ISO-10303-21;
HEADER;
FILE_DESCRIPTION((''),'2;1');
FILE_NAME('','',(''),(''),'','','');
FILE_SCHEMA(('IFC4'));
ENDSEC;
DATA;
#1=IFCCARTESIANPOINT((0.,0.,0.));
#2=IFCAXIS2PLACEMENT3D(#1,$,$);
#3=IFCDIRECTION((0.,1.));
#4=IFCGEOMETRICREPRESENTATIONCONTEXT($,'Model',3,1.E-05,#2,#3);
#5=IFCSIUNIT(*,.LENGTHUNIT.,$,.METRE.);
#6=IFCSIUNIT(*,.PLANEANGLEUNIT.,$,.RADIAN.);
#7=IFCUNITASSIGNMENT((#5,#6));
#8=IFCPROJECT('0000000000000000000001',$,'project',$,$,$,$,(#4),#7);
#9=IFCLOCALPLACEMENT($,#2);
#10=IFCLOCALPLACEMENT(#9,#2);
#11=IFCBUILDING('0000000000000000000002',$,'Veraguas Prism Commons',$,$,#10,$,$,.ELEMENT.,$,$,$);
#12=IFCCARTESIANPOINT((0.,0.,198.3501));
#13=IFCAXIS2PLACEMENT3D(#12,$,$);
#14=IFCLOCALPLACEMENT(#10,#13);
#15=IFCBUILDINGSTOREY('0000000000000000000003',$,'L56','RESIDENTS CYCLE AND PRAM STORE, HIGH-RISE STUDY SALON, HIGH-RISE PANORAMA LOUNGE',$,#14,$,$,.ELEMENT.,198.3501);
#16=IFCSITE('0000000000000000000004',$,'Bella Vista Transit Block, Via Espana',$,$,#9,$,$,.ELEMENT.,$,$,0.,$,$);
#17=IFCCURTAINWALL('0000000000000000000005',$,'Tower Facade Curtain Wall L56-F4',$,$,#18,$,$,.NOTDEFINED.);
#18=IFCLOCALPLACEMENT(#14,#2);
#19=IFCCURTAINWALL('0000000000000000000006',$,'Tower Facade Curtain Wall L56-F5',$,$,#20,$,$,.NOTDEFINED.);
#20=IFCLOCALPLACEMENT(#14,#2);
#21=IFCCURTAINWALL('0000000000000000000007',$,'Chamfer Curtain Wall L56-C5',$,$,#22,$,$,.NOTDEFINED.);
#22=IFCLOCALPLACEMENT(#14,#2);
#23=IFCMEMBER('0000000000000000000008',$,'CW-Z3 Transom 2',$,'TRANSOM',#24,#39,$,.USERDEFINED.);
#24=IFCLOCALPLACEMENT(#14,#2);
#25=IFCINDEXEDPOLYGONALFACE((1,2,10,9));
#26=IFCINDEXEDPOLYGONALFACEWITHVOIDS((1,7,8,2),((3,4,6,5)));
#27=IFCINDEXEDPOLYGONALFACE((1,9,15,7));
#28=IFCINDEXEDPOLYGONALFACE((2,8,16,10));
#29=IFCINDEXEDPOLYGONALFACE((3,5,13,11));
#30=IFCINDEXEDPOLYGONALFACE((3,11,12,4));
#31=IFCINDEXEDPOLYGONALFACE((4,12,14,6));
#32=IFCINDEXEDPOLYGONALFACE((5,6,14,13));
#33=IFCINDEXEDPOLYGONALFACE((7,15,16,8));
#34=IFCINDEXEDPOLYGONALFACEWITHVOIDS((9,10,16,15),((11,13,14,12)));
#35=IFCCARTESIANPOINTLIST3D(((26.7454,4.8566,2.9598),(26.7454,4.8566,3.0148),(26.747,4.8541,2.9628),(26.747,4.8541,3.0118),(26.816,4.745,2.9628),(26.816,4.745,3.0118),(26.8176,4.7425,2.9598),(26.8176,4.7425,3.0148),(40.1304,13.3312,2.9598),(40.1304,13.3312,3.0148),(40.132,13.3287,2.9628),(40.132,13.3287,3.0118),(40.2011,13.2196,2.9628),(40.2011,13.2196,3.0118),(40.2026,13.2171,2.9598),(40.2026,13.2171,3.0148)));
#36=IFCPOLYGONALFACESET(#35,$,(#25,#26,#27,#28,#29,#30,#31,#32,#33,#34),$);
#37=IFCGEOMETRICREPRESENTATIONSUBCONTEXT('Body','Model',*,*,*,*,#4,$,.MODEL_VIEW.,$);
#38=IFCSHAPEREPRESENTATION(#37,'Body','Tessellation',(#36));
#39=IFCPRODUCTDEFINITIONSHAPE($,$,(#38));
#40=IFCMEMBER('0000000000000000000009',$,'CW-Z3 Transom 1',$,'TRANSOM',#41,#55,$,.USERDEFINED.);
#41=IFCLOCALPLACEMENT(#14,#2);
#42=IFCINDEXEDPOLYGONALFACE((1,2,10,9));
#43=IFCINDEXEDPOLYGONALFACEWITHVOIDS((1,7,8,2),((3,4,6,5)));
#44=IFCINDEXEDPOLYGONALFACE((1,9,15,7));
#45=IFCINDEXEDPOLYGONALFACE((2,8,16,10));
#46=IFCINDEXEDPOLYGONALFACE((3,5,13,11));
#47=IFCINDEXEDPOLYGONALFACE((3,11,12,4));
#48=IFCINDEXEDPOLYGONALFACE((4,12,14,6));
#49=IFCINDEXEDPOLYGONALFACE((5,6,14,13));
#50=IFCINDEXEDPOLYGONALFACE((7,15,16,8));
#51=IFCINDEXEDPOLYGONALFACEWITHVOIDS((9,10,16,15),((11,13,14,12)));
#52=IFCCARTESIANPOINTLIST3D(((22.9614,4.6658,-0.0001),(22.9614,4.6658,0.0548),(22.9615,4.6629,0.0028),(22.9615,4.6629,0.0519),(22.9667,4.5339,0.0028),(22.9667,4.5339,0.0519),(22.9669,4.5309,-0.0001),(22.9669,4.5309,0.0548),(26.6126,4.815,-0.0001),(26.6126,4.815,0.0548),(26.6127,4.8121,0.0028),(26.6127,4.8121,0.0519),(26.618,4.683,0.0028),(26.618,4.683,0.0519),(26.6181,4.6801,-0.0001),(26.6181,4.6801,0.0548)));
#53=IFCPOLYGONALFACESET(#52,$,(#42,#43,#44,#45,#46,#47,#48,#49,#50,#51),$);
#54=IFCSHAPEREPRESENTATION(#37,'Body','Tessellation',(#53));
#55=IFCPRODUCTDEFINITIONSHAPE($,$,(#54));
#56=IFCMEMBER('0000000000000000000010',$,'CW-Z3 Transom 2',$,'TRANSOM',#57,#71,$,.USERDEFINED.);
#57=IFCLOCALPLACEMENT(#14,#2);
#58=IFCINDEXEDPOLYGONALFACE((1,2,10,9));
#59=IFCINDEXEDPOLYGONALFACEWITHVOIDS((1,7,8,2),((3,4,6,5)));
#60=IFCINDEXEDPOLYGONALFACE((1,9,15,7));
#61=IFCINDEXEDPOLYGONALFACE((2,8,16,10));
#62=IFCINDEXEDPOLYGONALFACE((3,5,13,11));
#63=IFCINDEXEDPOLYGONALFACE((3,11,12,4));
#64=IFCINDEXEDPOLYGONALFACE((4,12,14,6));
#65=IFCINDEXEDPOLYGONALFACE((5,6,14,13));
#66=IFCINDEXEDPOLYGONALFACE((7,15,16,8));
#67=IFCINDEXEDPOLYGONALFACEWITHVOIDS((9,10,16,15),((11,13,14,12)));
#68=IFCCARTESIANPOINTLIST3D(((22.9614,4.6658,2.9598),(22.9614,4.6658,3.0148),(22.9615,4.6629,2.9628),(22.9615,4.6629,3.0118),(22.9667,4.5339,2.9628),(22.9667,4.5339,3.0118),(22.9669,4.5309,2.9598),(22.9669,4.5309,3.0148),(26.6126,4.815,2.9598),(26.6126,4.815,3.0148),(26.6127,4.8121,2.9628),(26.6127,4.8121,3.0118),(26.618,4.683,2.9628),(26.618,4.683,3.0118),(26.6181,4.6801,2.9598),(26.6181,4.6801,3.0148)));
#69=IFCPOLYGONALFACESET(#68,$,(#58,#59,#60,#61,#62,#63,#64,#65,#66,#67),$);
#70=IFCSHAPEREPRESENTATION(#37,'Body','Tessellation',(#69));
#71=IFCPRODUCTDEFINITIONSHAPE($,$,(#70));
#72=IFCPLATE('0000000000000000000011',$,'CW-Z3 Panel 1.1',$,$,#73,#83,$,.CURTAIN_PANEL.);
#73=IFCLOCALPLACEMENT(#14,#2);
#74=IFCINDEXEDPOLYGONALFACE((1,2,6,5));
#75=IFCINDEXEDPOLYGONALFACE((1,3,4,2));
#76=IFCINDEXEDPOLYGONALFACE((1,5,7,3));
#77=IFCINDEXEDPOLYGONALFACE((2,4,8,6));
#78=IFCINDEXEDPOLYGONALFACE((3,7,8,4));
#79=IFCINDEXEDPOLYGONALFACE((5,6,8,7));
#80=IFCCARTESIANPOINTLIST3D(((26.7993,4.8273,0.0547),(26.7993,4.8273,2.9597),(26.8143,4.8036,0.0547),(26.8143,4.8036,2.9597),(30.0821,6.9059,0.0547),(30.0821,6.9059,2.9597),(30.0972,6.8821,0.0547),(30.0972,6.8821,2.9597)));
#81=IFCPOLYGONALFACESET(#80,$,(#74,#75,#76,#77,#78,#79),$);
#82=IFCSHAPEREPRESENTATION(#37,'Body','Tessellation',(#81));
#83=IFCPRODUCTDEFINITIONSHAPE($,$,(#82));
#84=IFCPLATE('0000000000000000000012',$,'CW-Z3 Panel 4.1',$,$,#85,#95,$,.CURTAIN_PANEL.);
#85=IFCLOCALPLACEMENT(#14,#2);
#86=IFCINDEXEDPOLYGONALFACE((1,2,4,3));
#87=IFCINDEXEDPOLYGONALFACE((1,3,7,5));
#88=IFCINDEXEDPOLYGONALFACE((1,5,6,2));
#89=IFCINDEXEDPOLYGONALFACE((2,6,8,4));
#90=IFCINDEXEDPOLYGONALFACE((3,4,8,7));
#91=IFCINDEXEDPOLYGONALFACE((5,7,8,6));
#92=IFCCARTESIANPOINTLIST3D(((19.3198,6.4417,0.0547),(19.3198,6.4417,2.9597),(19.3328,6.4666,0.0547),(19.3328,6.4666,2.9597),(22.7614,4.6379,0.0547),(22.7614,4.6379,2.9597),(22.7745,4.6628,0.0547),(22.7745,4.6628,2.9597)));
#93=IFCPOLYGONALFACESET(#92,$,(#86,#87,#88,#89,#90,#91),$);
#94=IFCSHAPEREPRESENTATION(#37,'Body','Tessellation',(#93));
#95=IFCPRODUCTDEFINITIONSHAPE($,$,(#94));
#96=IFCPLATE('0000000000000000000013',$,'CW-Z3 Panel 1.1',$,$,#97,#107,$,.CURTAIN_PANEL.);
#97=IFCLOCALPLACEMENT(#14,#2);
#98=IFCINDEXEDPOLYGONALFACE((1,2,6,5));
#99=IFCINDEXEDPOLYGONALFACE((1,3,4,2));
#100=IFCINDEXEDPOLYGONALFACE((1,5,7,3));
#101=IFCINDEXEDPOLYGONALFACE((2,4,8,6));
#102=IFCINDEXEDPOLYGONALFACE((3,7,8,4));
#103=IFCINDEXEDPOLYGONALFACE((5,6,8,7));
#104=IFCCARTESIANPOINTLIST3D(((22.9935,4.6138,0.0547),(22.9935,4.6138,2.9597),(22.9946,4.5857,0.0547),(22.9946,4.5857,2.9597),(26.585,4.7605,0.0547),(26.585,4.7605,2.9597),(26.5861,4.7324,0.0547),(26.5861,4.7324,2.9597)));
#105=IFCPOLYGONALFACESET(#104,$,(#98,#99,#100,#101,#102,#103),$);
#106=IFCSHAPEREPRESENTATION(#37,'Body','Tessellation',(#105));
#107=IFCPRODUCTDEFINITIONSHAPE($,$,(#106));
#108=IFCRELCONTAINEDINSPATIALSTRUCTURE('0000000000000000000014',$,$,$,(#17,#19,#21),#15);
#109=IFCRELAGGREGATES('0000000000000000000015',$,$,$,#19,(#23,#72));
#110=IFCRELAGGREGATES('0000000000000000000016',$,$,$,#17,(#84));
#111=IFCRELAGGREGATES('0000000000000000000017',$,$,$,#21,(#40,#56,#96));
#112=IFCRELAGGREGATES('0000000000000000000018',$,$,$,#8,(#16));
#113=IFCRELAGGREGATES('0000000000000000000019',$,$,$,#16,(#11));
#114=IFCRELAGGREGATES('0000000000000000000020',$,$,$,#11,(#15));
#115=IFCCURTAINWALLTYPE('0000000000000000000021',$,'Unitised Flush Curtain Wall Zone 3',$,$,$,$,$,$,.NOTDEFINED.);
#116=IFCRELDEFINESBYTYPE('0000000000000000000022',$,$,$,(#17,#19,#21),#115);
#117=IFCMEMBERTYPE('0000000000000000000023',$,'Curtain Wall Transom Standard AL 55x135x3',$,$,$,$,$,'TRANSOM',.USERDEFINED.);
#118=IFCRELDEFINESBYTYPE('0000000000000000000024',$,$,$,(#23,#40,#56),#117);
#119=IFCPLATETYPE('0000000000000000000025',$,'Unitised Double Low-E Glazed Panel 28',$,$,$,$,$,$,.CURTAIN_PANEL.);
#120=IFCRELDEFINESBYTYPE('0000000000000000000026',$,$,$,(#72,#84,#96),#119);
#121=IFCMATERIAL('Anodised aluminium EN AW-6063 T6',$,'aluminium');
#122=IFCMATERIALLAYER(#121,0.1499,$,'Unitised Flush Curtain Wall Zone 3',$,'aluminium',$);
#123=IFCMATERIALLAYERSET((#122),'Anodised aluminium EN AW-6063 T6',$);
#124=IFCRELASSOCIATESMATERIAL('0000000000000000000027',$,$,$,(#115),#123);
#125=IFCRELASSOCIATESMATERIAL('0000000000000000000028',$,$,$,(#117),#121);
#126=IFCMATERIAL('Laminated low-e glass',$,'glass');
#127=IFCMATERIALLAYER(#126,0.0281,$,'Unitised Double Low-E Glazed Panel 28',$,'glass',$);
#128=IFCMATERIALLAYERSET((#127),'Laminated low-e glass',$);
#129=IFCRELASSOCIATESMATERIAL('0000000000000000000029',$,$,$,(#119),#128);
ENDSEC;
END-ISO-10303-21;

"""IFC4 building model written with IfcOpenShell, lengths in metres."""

from ifc_helpers import new_model, si_unit, direction, frame, origin, origin_2d, place, context, subcontext, project, spatial, rectangle, hollow_rectangle, extrude, source, transform, mapped, material, layer, layer_set, material_profile, profile_set, type_object, element, aggregate, save


model = new_model("IFC4")

# Units and contexts
model_context = context("Model", 3, precision=1e-05, world=origin(), true_north=direction((0.0, 1.0)))
body_context = subcontext(model_context, "Body", "Model", "MODEL_VIEW")
ifc_project = project(units=[si_unit("LENGTHUNIT", "METRE"), si_unit("PLANEANGLEUNIT", "RADIAN")], contexts=[model_context])

# Site, building, storey
site_placement = place(None, origin())
site = spatial("IfcSite", under=ifc_project, at=site_placement, Name="Bella Vista Transit Block, Via Espana", CompositionType="ELEMENT", RefElevation=0.0)
building_placement = place(site_placement, origin())
building = spatial("IfcBuilding", under=site, at=building_placement, Name="Veraguas Prism Commons", CompositionType="ELEMENT")
storey_placement = place(building_placement, frame((0.0, 0.0, 198.3501)))
storey = spatial("IfcBuildingStorey", under=building, at=storey_placement, Name="L56", Description="RESIDENTS CYCLE AND PRAM STORE, HIGH-RISE STUDY SALON, HIGH-RISE PANORAMA LOUNGE", CompositionType="ELEMENT", Elevation=198.3501)

# Curtain walls
ifc_material_1 = material(Name="Anodised aluminium EN AW-6063 T6", Category="aluminium")
ifc_layer_1 = layer(ifc_material_1, 0.1499, Name="Unitised Flush Curtain Wall Zone 3", Category="aluminium")
ifc_layer_set_1 = layer_set([ifc_layer_1], Name="Anodised aluminium EN AW-6063 T6")
curtain_wall_type = type_object("IfcCurtainWallType", Name="Unitised Flush Curtain Wall Zone 3", PredefinedType="NOTDEFINED", material=ifc_layer_set_1)
curtain_wall_1_placement = place(storey_placement, origin())
curtain_wall_1 = element("IfcCurtainWall", 1, at=curtain_wall_1_placement, inside=storey, type_object=curtain_wall_type, Name="Tower Facade Curtain Wall L56-F4", PredefinedType="NOTDEFINED")
curtain_wall_2_placement = place(storey_placement, origin())
curtain_wall_2 = element("IfcCurtainWall", 2, at=curtain_wall_2_placement, inside=storey, type_object=curtain_wall_type, Name="Tower Facade Curtain Wall L56-F5", PredefinedType="NOTDEFINED")

# Curtain wall
curtain_wall_3_placement = place(storey_placement, origin())
curtain_wall_3 = element("IfcCurtainWall", 3, at=curtain_wall_3_placement, inside=storey, type_object=curtain_wall_type, Name="Chamfer Curtain Wall L56-C5", PredefinedType="NOTDEFINED")

# Members
ifc_material_profile_1 = material_profile(ifc_material_1, hollow_rectangle(XDim=0.0549, YDim=0.135, WallThickness=0.0029, at=origin_2d()), Name="AL55X135X3")
ifc_profile_set_1 = profile_set([ifc_material_profile_1], Name="Anodised aluminium EN AW-6063 T6")
member_type_1 = type_object("IfcMemberType", Name="Curtain Wall Transom Standard AL 55x135x3", ElementType="TRANSOM", PredefinedType="USERDEFINED", material=ifc_profile_set_1)
shared_shape_1 = source(origin(), body_context, "Body", "SweptSolid", [
    extrude(hollow_rectangle(XDim=0.0549, YDim=0.135, WallThickness=0.0029, at=origin_2d()), origin(), (0.0, 0.0, 1.0), 15.8423),
])
member_1_placement = place(storey_placement, frame((26.7815, 4.7996, 2.9873), z_axis=(0.844892, 0.534937, 0.0), x_axis=(0.0, 0.0, 1.0)))
member_1 = element("IfcMember", 4, at=member_1_placement, type_object=member_type_1, Name="CW-Z3 Transom 2", ObjectType="TRANSOM", PredefinedType="USERDEFINED", context=body_context, shape_type="MappedRepresentation", body=[
    mapped(shared_shape_1, transform((0.0, 0.0, 0.0), scale=1.0)),
])
shared_shape_2 = source(origin(), body_context, "Body", "SweptSolid", [
    extrude(hollow_rectangle(XDim=0.0549, YDim=0.135, WallThickness=0.0029, at=origin_2d()), origin(), (0.0, 0.0, 1.0), 3.6543),
])
member_2_placement = place(storey_placement, frame((22.9641, 4.5984, 0.0273), z_axis=(0.999167, 0.040819, 0.0), x_axis=(0.0, 0.0, 1.0)))
member_2 = element("IfcMember", 5, at=member_2_placement, type_object=member_type_1, Name="CW-Z3 Transom 1", ObjectType="TRANSOM", PredefinedType="USERDEFINED", context=body_context, shape_type="MappedRepresentation", body=[
    mapped(shared_shape_2, transform((0.0, 0.0, 0.0), scale=1.0)),
])
member_3_placement = place(storey_placement, frame((22.9641, 4.5984, 2.9873), z_axis=(0.999167, 0.040819, 0.0), x_axis=(0.0, 0.0, 1.0)))
member_3 = element("IfcMember", 6, at=member_3_placement, type_object=member_type_1, Name="CW-Z3 Transom 2", ObjectType="TRANSOM", PredefinedType="USERDEFINED", context=body_context, shape_type="MappedRepresentation", body=[
    mapped(shared_shape_2, transform((0.0, 0.0, 0.0), scale=1.0)),
])

# Plates
ifc_material_2 = material(Name="Laminated low-e glass", Category="glass")
ifc_layer_2 = layer(ifc_material_2, 0.0281, Name="Unitised Double Low-E Glazed Panel 28", Category="glass")
ifc_layer_set_2 = layer_set([ifc_layer_2], Name="Laminated low-e glass")
plate_type = type_object("IfcPlateType", Name="Unitised Double Low-E Glazed Panel 28", PredefinedType="CURTAIN_PANEL", material=ifc_layer_set_2)
shared_shape_3 = source(origin(), body_context, "Body", "SweptSolid", [
    extrude(rectangle(XDim=3.8855, YDim=0.0281, at=origin_2d()), origin(), (0.0, 0.0, 1.0), 2.905),
])
plate_1_placement = place(storey_placement, frame((28.4482, 5.8547, 0.0547), z_axis=(0.0, 0.0, 1.0), x_axis=(0.844887, 0.534945, 0.0)))
plate_1 = element("IfcPlate", 7, at=plate_1_placement, type_object=plate_type, Name="CW-Z3 Panel 1.1", PredefinedType="CURTAIN_PANEL", context=body_context, shape_type="MappedRepresentation", body=[
    mapped(shared_shape_3, transform((0.0, 0.0, 0.0), scale=1.0)),
])
aggregate(curtain_wall_2, [member_1, plate_1])
shared_shape_4 = source(origin(), body_context, "Body", "SweptSolid", [
    extrude(rectangle(XDim=3.8857, YDim=0.0281, at=origin_2d()), origin(), (0.0, 0.0, 1.0), 2.905),
])
plate_2_placement = place(storey_placement, frame((21.0471, 5.5522, 0.0547), z_axis=(0.0, 0.0, 1.0), x_axis=(0.885722, -0.464216, 0.0)))
plate_2 = element("IfcPlate", 8, at=plate_2_placement, type_object=plate_type, Name="CW-Z3 Panel 4.1", PredefinedType="CURTAIN_PANEL", context=body_context, shape_type="MappedRepresentation", body=[
    mapped(shared_shape_4, transform((0.0, 0.0, 0.0), scale=1.0)),
])
aggregate(curtain_wall_1, [plate_2])
shared_shape_5 = source(origin(), body_context, "Body", "SweptSolid", [
    extrude(rectangle(XDim=3.5945, YDim=0.0281, at=origin_2d()), origin(), (0.0, 0.0, 1.0), 2.905),
])
plate_3_placement = place(storey_placement, frame((24.7898, 4.6731, 0.0547), z_axis=(0.0, 0.0, 1.0), x_axis=(0.999167, 0.040814, 0.0)))
plate_3 = element("IfcPlate", 9, at=plate_3_placement, type_object=plate_type, Name="CW-Z3 Panel 1.1", PredefinedType="CURTAIN_PANEL", context=body_context, shape_type="MappedRepresentation", body=[
    mapped(shared_shape_5, transform((0.0, 0.0, 0.0), scale=1.0)),
])
aggregate(curtain_wall_3, [member_2, member_3, plate_3])

save(model, "model.ifc")
